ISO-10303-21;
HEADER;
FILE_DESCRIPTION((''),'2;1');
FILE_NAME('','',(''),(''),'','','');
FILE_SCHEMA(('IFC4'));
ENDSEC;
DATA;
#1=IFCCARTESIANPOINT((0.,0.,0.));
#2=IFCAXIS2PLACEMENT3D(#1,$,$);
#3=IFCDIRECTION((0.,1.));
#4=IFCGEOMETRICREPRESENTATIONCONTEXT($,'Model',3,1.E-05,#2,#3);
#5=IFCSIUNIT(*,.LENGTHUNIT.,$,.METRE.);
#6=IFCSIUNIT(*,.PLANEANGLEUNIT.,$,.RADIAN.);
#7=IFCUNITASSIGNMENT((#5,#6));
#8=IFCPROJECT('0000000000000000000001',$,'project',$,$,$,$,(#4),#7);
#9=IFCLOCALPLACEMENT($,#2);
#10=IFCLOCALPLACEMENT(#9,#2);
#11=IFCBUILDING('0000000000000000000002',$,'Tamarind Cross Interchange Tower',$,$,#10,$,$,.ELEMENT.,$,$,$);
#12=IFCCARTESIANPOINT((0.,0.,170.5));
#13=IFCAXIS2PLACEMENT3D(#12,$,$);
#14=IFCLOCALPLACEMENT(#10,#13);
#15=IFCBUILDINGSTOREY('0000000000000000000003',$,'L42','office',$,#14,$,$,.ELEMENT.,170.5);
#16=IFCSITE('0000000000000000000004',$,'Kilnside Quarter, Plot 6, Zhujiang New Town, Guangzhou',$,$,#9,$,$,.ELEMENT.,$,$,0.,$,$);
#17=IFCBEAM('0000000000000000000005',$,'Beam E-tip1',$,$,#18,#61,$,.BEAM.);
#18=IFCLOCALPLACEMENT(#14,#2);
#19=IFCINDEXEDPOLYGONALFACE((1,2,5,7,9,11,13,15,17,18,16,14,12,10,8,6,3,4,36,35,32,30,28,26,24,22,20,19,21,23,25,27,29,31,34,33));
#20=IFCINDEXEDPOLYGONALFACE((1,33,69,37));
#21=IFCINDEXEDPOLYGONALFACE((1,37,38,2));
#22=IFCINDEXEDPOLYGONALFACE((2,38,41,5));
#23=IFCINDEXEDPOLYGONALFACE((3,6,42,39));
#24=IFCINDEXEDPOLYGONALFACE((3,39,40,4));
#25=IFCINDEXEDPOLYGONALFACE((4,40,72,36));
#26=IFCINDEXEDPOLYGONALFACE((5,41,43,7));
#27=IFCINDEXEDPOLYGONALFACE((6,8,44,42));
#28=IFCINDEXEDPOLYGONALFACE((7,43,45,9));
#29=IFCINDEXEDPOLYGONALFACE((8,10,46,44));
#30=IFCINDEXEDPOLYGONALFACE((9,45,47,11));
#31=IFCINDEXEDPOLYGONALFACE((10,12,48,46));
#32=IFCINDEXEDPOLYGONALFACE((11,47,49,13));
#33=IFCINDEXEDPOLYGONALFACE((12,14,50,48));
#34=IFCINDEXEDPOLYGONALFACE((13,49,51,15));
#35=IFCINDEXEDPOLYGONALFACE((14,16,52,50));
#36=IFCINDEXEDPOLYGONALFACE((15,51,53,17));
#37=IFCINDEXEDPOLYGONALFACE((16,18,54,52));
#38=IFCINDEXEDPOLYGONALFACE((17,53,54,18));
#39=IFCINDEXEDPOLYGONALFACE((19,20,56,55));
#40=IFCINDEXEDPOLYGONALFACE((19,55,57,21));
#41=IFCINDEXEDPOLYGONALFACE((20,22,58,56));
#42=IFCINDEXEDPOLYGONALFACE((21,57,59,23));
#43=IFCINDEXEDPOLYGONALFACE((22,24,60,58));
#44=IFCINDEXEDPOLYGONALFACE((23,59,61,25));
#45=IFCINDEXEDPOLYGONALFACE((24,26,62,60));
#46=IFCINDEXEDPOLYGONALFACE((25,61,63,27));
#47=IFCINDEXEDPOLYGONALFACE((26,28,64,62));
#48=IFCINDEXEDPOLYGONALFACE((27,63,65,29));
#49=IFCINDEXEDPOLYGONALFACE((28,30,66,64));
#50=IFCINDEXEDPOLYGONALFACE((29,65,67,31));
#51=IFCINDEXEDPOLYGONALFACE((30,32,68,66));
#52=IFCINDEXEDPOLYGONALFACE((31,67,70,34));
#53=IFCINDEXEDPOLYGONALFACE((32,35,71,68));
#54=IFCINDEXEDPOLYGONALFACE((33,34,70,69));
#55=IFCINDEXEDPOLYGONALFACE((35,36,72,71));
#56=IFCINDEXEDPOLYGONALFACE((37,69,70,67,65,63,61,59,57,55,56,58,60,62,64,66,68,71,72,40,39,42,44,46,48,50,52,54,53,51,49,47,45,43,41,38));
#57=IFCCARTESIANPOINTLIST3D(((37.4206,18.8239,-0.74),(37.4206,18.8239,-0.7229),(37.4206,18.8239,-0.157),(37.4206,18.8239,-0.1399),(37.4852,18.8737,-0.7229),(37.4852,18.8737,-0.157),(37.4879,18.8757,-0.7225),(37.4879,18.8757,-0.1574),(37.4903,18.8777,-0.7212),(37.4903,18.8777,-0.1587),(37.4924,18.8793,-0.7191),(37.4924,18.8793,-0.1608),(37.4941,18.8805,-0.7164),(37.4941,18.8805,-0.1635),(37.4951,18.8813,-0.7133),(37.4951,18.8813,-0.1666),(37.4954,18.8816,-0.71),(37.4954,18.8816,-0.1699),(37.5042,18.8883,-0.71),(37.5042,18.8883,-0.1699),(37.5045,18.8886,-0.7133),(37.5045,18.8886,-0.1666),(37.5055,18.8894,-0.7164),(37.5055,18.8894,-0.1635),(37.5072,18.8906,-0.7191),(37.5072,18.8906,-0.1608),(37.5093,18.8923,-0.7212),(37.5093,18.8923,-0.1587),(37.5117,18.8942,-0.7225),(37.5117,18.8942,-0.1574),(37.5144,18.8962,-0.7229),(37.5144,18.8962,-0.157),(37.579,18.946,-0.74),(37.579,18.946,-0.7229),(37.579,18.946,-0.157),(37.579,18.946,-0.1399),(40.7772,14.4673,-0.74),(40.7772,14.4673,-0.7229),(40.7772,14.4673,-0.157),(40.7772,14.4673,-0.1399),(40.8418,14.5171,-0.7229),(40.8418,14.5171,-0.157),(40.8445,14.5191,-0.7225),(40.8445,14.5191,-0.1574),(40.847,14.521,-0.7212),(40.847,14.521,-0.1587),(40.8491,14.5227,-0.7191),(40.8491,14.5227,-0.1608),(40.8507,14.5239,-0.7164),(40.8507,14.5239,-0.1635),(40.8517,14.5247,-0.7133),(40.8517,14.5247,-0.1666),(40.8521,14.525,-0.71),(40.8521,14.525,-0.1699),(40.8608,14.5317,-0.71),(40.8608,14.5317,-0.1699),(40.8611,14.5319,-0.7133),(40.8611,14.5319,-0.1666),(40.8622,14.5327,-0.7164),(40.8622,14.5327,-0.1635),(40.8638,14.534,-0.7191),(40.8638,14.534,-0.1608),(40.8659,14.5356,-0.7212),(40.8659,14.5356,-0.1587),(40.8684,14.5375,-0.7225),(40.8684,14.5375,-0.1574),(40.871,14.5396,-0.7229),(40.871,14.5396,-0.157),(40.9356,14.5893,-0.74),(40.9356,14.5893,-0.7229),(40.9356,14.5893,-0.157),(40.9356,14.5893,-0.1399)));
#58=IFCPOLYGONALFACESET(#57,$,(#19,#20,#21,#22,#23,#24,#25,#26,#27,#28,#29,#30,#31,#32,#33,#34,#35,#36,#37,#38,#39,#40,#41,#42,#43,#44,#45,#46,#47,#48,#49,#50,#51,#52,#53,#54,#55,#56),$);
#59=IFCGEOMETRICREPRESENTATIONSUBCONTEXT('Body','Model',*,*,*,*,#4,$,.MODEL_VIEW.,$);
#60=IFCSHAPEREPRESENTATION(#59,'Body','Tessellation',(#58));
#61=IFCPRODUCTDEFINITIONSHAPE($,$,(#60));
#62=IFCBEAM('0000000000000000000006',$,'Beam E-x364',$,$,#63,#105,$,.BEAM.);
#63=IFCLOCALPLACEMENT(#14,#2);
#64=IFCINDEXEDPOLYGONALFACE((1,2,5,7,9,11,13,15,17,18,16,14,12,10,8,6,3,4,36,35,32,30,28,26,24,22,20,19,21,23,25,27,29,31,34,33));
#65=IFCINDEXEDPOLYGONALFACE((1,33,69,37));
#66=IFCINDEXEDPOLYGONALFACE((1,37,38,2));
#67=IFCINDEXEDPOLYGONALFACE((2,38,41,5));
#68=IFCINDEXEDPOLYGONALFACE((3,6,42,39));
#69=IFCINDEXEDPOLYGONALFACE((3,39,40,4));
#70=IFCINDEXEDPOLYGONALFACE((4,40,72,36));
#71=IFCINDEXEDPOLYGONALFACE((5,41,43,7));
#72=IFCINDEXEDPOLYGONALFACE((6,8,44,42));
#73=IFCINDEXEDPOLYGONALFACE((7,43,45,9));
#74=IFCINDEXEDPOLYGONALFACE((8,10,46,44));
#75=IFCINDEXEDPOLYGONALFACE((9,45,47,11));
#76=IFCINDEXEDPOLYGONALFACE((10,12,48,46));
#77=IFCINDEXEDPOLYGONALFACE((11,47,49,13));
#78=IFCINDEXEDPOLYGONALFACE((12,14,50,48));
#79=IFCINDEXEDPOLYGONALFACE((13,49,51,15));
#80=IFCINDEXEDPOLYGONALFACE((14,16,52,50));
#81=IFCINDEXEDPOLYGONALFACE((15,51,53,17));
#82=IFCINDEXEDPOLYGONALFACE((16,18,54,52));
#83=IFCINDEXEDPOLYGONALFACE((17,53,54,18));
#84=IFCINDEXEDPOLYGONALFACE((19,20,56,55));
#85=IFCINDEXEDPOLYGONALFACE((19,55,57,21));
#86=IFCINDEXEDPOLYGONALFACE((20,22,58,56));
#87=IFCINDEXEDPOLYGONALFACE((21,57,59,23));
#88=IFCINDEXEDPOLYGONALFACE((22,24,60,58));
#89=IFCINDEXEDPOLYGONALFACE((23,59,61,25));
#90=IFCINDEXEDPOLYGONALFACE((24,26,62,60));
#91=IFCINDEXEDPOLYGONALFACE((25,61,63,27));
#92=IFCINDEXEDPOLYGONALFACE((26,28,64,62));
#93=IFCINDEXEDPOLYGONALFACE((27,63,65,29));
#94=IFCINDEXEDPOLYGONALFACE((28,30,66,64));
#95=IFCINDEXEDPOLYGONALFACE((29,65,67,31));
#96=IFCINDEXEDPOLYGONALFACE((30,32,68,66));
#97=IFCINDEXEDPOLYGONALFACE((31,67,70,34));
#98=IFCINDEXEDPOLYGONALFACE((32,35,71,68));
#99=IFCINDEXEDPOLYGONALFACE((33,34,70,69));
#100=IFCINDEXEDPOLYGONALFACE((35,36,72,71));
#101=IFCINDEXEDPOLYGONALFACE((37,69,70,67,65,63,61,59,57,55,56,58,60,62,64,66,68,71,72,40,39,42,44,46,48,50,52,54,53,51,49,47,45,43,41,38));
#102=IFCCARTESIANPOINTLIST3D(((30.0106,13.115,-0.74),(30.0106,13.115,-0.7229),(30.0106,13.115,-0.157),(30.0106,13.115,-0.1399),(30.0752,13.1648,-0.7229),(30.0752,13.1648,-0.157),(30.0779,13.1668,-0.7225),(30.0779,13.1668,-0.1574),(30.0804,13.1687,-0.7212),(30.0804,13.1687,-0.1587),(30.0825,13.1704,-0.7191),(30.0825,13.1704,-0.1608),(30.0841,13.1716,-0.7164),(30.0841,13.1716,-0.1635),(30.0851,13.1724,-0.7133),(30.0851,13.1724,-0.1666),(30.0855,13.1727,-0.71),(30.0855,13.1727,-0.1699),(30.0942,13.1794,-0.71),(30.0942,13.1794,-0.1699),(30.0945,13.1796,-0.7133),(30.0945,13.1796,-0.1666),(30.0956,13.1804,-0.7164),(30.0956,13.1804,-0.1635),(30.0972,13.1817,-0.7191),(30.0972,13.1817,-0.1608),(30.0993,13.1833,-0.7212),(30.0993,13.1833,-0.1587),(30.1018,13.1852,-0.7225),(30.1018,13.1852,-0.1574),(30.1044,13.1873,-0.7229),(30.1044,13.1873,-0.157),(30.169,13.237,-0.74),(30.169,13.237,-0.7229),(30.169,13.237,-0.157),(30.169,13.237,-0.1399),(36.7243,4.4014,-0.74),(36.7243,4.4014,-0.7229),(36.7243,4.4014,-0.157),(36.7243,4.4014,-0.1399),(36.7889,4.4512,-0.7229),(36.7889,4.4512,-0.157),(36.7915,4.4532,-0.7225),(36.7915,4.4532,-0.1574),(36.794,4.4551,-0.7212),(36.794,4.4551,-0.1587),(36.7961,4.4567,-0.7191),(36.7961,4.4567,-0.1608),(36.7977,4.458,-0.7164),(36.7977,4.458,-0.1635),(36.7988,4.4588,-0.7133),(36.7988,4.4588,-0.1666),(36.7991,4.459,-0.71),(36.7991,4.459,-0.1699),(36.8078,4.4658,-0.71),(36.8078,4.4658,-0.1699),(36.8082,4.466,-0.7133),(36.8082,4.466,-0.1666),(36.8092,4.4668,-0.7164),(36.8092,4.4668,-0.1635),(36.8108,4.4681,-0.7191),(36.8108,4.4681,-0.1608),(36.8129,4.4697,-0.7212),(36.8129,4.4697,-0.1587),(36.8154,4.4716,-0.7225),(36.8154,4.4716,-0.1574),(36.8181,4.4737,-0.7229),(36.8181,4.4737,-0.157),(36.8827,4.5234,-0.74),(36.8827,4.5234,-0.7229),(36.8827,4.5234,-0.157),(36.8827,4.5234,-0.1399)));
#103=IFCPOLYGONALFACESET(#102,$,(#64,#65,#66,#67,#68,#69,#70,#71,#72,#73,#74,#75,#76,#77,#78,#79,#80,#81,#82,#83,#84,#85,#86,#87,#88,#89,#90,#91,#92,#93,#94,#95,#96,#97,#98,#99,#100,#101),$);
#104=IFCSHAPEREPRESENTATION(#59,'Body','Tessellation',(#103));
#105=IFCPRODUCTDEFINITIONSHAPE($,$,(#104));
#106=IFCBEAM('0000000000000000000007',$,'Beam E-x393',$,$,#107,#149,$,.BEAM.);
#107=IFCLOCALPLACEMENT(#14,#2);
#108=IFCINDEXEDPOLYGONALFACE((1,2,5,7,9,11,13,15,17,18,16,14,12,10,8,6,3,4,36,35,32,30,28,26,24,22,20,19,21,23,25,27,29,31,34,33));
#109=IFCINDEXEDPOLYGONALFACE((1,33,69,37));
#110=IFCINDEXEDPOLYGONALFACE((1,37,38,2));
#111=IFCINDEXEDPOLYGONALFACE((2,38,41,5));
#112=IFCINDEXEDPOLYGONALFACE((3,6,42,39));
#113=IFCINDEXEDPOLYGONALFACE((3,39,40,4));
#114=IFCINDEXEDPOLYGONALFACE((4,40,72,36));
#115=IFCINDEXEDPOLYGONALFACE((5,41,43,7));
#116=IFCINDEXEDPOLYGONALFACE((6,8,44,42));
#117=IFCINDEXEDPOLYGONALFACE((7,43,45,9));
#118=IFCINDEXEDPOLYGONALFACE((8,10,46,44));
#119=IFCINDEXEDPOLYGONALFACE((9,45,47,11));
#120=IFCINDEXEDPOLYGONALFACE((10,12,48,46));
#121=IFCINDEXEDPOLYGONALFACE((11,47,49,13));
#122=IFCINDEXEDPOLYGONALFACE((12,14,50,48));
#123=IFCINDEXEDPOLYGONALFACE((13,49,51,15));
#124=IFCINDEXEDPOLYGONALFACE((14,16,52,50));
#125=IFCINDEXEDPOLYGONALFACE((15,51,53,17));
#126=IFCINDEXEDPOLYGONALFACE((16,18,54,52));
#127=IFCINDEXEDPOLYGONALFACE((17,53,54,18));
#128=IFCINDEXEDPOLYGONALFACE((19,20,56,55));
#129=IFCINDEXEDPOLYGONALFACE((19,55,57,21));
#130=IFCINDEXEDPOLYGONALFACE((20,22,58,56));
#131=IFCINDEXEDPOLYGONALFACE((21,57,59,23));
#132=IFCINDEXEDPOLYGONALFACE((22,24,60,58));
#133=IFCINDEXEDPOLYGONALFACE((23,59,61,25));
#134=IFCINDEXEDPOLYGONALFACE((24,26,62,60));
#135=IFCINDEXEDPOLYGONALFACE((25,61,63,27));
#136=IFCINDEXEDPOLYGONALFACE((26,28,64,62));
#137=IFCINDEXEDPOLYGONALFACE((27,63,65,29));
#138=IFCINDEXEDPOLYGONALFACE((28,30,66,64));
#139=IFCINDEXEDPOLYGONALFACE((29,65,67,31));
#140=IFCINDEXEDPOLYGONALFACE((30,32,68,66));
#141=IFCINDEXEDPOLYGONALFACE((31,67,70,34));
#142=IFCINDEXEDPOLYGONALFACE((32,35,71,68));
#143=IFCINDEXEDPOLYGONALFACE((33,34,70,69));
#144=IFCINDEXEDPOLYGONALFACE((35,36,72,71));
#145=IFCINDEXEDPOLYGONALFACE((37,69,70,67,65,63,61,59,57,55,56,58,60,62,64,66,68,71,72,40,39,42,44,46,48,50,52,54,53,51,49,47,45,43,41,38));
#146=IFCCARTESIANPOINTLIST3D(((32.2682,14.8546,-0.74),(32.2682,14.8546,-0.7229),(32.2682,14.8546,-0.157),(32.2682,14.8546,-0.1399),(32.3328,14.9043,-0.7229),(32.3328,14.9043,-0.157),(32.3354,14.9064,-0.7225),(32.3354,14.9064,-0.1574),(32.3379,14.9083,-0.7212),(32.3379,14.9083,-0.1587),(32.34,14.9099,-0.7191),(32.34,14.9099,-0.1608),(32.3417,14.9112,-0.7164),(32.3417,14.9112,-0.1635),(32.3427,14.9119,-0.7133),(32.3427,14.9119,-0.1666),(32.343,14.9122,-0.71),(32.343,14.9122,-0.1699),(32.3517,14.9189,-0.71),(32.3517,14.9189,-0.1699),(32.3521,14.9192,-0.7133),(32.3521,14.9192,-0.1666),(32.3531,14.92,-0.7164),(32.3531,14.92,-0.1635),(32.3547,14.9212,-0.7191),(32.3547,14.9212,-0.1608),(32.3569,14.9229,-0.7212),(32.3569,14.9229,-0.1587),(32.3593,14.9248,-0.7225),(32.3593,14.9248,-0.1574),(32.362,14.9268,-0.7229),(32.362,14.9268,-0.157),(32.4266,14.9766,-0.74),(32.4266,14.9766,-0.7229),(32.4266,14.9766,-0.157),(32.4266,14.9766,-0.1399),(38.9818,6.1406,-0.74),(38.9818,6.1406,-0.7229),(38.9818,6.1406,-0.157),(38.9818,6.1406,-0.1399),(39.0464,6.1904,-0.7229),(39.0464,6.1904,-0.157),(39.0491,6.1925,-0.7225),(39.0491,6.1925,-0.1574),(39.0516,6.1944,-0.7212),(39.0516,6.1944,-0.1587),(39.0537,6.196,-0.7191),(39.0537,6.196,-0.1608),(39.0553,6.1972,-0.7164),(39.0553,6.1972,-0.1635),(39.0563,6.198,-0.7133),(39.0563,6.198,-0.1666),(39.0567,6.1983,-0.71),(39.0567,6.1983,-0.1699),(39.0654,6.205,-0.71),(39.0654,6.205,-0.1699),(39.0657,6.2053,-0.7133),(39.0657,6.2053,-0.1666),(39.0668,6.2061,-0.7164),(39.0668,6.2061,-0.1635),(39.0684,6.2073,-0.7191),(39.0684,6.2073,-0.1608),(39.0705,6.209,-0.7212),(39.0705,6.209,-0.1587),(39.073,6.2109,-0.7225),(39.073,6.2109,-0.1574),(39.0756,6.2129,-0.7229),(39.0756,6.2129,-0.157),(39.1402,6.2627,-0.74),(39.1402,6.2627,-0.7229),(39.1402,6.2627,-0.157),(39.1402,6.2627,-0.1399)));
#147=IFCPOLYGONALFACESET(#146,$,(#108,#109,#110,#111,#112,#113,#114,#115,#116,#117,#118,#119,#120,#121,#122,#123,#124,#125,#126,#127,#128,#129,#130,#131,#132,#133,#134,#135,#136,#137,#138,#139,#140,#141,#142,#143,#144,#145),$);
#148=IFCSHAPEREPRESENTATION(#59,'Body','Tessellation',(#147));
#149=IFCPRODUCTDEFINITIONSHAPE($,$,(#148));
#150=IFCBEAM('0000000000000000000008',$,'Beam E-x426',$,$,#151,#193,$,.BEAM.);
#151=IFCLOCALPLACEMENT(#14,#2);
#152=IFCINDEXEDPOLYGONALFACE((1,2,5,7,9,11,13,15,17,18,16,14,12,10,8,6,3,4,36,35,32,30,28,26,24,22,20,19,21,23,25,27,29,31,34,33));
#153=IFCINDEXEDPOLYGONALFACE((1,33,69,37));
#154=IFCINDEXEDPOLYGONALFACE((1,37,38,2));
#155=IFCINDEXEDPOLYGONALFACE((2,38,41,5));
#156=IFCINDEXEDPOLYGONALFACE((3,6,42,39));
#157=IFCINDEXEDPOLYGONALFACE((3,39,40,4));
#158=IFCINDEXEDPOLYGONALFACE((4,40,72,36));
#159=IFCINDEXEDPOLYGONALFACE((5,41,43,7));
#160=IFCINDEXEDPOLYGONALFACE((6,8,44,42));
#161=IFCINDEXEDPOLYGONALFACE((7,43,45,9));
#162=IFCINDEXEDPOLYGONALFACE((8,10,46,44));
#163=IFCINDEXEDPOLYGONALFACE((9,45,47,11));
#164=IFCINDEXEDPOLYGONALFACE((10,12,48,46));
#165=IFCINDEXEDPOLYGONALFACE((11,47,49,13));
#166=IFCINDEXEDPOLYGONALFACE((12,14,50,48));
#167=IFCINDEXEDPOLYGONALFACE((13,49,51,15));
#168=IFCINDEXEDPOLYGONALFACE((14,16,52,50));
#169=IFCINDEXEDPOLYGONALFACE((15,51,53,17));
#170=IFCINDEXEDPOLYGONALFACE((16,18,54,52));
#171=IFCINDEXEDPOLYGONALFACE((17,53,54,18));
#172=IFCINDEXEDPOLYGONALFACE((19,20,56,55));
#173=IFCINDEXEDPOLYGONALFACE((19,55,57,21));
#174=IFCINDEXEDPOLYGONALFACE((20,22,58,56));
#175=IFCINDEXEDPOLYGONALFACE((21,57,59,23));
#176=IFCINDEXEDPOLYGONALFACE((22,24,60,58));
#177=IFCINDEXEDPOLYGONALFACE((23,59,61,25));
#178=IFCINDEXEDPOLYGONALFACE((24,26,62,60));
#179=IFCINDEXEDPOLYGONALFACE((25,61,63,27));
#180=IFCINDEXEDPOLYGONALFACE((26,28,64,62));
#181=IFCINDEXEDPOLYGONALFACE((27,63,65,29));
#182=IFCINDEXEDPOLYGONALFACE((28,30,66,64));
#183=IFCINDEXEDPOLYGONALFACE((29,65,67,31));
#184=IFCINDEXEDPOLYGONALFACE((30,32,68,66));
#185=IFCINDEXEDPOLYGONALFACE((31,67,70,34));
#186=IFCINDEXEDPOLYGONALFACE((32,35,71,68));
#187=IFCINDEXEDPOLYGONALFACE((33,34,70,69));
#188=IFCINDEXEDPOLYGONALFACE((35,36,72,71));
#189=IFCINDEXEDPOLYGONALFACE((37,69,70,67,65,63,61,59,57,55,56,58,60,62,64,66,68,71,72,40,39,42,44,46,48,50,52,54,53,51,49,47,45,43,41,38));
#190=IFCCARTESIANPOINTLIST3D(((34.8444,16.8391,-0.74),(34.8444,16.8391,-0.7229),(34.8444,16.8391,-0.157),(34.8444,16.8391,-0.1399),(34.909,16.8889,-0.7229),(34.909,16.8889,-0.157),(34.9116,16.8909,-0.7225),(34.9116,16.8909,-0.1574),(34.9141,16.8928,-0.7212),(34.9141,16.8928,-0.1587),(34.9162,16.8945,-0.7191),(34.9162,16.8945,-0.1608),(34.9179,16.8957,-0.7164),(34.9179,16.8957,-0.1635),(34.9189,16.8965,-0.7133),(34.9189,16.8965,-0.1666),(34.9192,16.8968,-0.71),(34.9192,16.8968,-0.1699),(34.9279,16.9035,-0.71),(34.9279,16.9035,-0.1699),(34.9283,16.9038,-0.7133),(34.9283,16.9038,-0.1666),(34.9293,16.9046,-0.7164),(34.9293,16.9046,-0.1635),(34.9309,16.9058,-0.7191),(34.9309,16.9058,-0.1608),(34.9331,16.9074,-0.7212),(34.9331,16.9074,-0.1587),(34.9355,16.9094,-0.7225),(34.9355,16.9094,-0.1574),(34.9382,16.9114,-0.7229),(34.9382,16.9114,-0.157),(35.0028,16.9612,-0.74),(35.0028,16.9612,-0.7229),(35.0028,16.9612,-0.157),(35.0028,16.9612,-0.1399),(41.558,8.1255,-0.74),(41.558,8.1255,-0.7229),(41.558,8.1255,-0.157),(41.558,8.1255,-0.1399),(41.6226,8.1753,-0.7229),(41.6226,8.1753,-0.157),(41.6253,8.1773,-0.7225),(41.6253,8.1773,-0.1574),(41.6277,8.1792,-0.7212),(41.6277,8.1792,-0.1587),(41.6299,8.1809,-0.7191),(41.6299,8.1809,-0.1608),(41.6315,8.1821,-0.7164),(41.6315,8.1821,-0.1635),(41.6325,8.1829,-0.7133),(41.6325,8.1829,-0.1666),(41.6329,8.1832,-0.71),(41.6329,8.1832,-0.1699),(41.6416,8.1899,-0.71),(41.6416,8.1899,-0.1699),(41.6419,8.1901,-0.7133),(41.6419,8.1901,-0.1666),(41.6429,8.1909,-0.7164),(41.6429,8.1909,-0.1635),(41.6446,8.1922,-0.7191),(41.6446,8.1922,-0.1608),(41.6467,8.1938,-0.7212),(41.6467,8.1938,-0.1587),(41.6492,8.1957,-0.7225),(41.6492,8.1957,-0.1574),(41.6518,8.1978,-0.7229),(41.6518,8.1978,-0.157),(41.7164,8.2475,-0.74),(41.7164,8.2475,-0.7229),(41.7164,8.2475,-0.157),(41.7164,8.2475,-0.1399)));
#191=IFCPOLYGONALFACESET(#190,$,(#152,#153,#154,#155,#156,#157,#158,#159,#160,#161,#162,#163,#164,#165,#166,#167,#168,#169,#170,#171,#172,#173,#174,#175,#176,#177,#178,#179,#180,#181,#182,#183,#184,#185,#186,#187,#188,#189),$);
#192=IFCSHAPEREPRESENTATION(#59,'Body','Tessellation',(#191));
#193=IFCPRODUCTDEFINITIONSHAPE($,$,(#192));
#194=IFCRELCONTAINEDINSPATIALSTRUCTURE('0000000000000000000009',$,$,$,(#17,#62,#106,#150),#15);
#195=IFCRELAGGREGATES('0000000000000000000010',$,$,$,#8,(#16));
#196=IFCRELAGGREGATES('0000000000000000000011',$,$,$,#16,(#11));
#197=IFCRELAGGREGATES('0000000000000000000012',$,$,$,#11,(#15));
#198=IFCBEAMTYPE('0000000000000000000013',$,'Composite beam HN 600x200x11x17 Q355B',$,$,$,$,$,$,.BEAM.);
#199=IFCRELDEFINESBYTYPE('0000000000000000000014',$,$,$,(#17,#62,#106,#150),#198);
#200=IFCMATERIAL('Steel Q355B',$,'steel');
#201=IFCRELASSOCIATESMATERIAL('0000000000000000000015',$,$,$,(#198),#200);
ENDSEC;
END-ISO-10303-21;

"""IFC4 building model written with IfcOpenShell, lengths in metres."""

from ifc_helpers import new_model, si_unit, direction, frame, origin, origin_2d, place, context, subcontext, project, spatial, i_section, extrude, material, material_profile, profile_set, type_object, element, save


model = new_model("IFC4")

# Units and contexts
model_context = context("Model", 3, precision=1e-05, world=origin(), true_north=direction((0.0, 1.0)))
body_context = subcontext(model_context, "Body", "Model", "MODEL_VIEW")
ifc_project = project(units=[si_unit("LENGTHUNIT", "METRE"), si_unit("PLANEANGLEUNIT", "RADIAN")], contexts=[model_context])

# Site, building, storey
site_placement = place(None, origin())
site = spatial("IfcSite", under=ifc_project, at=site_placement, Name="Kilnside Quarter, Plot 6, Zhujiang New Town, Guangzhou", CompositionType="ELEMENT", RefElevation=0.0)
building_placement = place(site_placement, origin())
building = spatial("IfcBuilding", under=site, at=building_placement, Name="Tamarind Cross Interchange Tower", CompositionType="ELEMENT")
storey_placement = place(building_placement, frame((0.0, 0.0, 170.5)))
storey = spatial("IfcBuildingStorey", under=building, at=storey_placement, Name="L42", Description="office", CompositionType="ELEMENT", Elevation=170.5)

# Beams
ifc_material_1 = material(Name="Steel Q355B", Category="steel")
ifc_material_profile_1 = material_profile(ifc_material_1, i_section(OverallWidth=0.2, OverallDepth=0.6001, WebThickness=0.011, FlangeThickness=0.0171, FilletRadius=0.0129, at=origin_2d()), Name="HN 600x200x11x17")
ifc_profile_set_1 = profile_set([ifc_material_profile_1], Name="Steel Q355B")
beam_type_1 = type_object("IfcBeamType", Name="Composite beam HN 600x200x11x17 Q355B", PredefinedType="BEAM", material=ifc_profile_set_1)
beam_1_placement = place(storey_placement, frame((40.8564, 14.5283, -0.4399), z_axis=(-0.610326, 0.79215, 0.0), x_axis=(-0.79215, -0.610326, 0.0)))
element("IfcBeam", 1, at=beam_1_placement, inside=storey, type_object=beam_type_1, Name="Beam E-tip1", PredefinedType="BEAM", context=body_context, shape_type="SweptSolid", body=[
    extrude(i_section(OverallWidth=0.2, OverallDepth=0.6001, WebThickness=0.011, FlangeThickness=0.0171, FilletRadius=0.0129, at=origin_2d()), origin(), (0.0, 0.0, 1.0), 5.4998),
])
beam_2_placement = place(storey_placement, frame((36.8035, 4.4624, -0.4399), z_axis=(-0.610329, 0.792148, 0.0), x_axis=(-0.792148, -0.610329, 0.0)))
element("IfcBeam", 2, at=beam_2_placement, inside=storey, type_object=beam_type_1, Name="Beam E-x364", PredefinedType="BEAM", context=body_context, shape_type="SweptSolid", body=[
    extrude(i_section(OverallWidth=0.2, OverallDepth=0.6001, WebThickness=0.011, FlangeThickness=0.0171, FilletRadius=0.0129, at=origin_2d()), origin(), (0.0, 0.0, 1.0), 11.0),
])
beam_3_placement = place(storey_placement, frame((39.061, 6.2017, -0.4399), z_axis=(-0.610319, 0.792156, 0.0), x_axis=(-0.792156, -0.610319, 0.0)))
element("IfcBeam", 3, at=beam_3_placement, inside=storey, type_object=beam_type_1, Name="Beam E-x393", PredefinedType="BEAM", context=body_context, shape_type="SweptSolid", body=[
    extrude(i_section(OverallWidth=0.2, OverallDepth=0.6001, WebThickness=0.011, FlangeThickness=0.0171, FilletRadius=0.0129, at=origin_2d()), origin(), (0.0, 0.0, 1.0), 11.0002),
])
beam_4_placement = place(storey_placement, frame((41.6372, 8.1865, -0.4399), z_axis=(-0.610329, 0.792148, 0.0), x_axis=(-0.792148, -0.610329, 0.0)))
element("IfcBeam", 4, at=beam_4_placement, inside=storey, type_object=beam_type_1, Name="Beam E-x426", PredefinedType="BEAM", context=body_context, shape_type="SweptSolid", body=[
    extrude(i_section(OverallWidth=0.2, OverallDepth=0.6001, WebThickness=0.011, FlangeThickness=0.0171, FilletRadius=0.0129, at=origin_2d()), origin(), (0.0, 0.0, 1.0), 11.0),
])

save(model, "model.ifc")
